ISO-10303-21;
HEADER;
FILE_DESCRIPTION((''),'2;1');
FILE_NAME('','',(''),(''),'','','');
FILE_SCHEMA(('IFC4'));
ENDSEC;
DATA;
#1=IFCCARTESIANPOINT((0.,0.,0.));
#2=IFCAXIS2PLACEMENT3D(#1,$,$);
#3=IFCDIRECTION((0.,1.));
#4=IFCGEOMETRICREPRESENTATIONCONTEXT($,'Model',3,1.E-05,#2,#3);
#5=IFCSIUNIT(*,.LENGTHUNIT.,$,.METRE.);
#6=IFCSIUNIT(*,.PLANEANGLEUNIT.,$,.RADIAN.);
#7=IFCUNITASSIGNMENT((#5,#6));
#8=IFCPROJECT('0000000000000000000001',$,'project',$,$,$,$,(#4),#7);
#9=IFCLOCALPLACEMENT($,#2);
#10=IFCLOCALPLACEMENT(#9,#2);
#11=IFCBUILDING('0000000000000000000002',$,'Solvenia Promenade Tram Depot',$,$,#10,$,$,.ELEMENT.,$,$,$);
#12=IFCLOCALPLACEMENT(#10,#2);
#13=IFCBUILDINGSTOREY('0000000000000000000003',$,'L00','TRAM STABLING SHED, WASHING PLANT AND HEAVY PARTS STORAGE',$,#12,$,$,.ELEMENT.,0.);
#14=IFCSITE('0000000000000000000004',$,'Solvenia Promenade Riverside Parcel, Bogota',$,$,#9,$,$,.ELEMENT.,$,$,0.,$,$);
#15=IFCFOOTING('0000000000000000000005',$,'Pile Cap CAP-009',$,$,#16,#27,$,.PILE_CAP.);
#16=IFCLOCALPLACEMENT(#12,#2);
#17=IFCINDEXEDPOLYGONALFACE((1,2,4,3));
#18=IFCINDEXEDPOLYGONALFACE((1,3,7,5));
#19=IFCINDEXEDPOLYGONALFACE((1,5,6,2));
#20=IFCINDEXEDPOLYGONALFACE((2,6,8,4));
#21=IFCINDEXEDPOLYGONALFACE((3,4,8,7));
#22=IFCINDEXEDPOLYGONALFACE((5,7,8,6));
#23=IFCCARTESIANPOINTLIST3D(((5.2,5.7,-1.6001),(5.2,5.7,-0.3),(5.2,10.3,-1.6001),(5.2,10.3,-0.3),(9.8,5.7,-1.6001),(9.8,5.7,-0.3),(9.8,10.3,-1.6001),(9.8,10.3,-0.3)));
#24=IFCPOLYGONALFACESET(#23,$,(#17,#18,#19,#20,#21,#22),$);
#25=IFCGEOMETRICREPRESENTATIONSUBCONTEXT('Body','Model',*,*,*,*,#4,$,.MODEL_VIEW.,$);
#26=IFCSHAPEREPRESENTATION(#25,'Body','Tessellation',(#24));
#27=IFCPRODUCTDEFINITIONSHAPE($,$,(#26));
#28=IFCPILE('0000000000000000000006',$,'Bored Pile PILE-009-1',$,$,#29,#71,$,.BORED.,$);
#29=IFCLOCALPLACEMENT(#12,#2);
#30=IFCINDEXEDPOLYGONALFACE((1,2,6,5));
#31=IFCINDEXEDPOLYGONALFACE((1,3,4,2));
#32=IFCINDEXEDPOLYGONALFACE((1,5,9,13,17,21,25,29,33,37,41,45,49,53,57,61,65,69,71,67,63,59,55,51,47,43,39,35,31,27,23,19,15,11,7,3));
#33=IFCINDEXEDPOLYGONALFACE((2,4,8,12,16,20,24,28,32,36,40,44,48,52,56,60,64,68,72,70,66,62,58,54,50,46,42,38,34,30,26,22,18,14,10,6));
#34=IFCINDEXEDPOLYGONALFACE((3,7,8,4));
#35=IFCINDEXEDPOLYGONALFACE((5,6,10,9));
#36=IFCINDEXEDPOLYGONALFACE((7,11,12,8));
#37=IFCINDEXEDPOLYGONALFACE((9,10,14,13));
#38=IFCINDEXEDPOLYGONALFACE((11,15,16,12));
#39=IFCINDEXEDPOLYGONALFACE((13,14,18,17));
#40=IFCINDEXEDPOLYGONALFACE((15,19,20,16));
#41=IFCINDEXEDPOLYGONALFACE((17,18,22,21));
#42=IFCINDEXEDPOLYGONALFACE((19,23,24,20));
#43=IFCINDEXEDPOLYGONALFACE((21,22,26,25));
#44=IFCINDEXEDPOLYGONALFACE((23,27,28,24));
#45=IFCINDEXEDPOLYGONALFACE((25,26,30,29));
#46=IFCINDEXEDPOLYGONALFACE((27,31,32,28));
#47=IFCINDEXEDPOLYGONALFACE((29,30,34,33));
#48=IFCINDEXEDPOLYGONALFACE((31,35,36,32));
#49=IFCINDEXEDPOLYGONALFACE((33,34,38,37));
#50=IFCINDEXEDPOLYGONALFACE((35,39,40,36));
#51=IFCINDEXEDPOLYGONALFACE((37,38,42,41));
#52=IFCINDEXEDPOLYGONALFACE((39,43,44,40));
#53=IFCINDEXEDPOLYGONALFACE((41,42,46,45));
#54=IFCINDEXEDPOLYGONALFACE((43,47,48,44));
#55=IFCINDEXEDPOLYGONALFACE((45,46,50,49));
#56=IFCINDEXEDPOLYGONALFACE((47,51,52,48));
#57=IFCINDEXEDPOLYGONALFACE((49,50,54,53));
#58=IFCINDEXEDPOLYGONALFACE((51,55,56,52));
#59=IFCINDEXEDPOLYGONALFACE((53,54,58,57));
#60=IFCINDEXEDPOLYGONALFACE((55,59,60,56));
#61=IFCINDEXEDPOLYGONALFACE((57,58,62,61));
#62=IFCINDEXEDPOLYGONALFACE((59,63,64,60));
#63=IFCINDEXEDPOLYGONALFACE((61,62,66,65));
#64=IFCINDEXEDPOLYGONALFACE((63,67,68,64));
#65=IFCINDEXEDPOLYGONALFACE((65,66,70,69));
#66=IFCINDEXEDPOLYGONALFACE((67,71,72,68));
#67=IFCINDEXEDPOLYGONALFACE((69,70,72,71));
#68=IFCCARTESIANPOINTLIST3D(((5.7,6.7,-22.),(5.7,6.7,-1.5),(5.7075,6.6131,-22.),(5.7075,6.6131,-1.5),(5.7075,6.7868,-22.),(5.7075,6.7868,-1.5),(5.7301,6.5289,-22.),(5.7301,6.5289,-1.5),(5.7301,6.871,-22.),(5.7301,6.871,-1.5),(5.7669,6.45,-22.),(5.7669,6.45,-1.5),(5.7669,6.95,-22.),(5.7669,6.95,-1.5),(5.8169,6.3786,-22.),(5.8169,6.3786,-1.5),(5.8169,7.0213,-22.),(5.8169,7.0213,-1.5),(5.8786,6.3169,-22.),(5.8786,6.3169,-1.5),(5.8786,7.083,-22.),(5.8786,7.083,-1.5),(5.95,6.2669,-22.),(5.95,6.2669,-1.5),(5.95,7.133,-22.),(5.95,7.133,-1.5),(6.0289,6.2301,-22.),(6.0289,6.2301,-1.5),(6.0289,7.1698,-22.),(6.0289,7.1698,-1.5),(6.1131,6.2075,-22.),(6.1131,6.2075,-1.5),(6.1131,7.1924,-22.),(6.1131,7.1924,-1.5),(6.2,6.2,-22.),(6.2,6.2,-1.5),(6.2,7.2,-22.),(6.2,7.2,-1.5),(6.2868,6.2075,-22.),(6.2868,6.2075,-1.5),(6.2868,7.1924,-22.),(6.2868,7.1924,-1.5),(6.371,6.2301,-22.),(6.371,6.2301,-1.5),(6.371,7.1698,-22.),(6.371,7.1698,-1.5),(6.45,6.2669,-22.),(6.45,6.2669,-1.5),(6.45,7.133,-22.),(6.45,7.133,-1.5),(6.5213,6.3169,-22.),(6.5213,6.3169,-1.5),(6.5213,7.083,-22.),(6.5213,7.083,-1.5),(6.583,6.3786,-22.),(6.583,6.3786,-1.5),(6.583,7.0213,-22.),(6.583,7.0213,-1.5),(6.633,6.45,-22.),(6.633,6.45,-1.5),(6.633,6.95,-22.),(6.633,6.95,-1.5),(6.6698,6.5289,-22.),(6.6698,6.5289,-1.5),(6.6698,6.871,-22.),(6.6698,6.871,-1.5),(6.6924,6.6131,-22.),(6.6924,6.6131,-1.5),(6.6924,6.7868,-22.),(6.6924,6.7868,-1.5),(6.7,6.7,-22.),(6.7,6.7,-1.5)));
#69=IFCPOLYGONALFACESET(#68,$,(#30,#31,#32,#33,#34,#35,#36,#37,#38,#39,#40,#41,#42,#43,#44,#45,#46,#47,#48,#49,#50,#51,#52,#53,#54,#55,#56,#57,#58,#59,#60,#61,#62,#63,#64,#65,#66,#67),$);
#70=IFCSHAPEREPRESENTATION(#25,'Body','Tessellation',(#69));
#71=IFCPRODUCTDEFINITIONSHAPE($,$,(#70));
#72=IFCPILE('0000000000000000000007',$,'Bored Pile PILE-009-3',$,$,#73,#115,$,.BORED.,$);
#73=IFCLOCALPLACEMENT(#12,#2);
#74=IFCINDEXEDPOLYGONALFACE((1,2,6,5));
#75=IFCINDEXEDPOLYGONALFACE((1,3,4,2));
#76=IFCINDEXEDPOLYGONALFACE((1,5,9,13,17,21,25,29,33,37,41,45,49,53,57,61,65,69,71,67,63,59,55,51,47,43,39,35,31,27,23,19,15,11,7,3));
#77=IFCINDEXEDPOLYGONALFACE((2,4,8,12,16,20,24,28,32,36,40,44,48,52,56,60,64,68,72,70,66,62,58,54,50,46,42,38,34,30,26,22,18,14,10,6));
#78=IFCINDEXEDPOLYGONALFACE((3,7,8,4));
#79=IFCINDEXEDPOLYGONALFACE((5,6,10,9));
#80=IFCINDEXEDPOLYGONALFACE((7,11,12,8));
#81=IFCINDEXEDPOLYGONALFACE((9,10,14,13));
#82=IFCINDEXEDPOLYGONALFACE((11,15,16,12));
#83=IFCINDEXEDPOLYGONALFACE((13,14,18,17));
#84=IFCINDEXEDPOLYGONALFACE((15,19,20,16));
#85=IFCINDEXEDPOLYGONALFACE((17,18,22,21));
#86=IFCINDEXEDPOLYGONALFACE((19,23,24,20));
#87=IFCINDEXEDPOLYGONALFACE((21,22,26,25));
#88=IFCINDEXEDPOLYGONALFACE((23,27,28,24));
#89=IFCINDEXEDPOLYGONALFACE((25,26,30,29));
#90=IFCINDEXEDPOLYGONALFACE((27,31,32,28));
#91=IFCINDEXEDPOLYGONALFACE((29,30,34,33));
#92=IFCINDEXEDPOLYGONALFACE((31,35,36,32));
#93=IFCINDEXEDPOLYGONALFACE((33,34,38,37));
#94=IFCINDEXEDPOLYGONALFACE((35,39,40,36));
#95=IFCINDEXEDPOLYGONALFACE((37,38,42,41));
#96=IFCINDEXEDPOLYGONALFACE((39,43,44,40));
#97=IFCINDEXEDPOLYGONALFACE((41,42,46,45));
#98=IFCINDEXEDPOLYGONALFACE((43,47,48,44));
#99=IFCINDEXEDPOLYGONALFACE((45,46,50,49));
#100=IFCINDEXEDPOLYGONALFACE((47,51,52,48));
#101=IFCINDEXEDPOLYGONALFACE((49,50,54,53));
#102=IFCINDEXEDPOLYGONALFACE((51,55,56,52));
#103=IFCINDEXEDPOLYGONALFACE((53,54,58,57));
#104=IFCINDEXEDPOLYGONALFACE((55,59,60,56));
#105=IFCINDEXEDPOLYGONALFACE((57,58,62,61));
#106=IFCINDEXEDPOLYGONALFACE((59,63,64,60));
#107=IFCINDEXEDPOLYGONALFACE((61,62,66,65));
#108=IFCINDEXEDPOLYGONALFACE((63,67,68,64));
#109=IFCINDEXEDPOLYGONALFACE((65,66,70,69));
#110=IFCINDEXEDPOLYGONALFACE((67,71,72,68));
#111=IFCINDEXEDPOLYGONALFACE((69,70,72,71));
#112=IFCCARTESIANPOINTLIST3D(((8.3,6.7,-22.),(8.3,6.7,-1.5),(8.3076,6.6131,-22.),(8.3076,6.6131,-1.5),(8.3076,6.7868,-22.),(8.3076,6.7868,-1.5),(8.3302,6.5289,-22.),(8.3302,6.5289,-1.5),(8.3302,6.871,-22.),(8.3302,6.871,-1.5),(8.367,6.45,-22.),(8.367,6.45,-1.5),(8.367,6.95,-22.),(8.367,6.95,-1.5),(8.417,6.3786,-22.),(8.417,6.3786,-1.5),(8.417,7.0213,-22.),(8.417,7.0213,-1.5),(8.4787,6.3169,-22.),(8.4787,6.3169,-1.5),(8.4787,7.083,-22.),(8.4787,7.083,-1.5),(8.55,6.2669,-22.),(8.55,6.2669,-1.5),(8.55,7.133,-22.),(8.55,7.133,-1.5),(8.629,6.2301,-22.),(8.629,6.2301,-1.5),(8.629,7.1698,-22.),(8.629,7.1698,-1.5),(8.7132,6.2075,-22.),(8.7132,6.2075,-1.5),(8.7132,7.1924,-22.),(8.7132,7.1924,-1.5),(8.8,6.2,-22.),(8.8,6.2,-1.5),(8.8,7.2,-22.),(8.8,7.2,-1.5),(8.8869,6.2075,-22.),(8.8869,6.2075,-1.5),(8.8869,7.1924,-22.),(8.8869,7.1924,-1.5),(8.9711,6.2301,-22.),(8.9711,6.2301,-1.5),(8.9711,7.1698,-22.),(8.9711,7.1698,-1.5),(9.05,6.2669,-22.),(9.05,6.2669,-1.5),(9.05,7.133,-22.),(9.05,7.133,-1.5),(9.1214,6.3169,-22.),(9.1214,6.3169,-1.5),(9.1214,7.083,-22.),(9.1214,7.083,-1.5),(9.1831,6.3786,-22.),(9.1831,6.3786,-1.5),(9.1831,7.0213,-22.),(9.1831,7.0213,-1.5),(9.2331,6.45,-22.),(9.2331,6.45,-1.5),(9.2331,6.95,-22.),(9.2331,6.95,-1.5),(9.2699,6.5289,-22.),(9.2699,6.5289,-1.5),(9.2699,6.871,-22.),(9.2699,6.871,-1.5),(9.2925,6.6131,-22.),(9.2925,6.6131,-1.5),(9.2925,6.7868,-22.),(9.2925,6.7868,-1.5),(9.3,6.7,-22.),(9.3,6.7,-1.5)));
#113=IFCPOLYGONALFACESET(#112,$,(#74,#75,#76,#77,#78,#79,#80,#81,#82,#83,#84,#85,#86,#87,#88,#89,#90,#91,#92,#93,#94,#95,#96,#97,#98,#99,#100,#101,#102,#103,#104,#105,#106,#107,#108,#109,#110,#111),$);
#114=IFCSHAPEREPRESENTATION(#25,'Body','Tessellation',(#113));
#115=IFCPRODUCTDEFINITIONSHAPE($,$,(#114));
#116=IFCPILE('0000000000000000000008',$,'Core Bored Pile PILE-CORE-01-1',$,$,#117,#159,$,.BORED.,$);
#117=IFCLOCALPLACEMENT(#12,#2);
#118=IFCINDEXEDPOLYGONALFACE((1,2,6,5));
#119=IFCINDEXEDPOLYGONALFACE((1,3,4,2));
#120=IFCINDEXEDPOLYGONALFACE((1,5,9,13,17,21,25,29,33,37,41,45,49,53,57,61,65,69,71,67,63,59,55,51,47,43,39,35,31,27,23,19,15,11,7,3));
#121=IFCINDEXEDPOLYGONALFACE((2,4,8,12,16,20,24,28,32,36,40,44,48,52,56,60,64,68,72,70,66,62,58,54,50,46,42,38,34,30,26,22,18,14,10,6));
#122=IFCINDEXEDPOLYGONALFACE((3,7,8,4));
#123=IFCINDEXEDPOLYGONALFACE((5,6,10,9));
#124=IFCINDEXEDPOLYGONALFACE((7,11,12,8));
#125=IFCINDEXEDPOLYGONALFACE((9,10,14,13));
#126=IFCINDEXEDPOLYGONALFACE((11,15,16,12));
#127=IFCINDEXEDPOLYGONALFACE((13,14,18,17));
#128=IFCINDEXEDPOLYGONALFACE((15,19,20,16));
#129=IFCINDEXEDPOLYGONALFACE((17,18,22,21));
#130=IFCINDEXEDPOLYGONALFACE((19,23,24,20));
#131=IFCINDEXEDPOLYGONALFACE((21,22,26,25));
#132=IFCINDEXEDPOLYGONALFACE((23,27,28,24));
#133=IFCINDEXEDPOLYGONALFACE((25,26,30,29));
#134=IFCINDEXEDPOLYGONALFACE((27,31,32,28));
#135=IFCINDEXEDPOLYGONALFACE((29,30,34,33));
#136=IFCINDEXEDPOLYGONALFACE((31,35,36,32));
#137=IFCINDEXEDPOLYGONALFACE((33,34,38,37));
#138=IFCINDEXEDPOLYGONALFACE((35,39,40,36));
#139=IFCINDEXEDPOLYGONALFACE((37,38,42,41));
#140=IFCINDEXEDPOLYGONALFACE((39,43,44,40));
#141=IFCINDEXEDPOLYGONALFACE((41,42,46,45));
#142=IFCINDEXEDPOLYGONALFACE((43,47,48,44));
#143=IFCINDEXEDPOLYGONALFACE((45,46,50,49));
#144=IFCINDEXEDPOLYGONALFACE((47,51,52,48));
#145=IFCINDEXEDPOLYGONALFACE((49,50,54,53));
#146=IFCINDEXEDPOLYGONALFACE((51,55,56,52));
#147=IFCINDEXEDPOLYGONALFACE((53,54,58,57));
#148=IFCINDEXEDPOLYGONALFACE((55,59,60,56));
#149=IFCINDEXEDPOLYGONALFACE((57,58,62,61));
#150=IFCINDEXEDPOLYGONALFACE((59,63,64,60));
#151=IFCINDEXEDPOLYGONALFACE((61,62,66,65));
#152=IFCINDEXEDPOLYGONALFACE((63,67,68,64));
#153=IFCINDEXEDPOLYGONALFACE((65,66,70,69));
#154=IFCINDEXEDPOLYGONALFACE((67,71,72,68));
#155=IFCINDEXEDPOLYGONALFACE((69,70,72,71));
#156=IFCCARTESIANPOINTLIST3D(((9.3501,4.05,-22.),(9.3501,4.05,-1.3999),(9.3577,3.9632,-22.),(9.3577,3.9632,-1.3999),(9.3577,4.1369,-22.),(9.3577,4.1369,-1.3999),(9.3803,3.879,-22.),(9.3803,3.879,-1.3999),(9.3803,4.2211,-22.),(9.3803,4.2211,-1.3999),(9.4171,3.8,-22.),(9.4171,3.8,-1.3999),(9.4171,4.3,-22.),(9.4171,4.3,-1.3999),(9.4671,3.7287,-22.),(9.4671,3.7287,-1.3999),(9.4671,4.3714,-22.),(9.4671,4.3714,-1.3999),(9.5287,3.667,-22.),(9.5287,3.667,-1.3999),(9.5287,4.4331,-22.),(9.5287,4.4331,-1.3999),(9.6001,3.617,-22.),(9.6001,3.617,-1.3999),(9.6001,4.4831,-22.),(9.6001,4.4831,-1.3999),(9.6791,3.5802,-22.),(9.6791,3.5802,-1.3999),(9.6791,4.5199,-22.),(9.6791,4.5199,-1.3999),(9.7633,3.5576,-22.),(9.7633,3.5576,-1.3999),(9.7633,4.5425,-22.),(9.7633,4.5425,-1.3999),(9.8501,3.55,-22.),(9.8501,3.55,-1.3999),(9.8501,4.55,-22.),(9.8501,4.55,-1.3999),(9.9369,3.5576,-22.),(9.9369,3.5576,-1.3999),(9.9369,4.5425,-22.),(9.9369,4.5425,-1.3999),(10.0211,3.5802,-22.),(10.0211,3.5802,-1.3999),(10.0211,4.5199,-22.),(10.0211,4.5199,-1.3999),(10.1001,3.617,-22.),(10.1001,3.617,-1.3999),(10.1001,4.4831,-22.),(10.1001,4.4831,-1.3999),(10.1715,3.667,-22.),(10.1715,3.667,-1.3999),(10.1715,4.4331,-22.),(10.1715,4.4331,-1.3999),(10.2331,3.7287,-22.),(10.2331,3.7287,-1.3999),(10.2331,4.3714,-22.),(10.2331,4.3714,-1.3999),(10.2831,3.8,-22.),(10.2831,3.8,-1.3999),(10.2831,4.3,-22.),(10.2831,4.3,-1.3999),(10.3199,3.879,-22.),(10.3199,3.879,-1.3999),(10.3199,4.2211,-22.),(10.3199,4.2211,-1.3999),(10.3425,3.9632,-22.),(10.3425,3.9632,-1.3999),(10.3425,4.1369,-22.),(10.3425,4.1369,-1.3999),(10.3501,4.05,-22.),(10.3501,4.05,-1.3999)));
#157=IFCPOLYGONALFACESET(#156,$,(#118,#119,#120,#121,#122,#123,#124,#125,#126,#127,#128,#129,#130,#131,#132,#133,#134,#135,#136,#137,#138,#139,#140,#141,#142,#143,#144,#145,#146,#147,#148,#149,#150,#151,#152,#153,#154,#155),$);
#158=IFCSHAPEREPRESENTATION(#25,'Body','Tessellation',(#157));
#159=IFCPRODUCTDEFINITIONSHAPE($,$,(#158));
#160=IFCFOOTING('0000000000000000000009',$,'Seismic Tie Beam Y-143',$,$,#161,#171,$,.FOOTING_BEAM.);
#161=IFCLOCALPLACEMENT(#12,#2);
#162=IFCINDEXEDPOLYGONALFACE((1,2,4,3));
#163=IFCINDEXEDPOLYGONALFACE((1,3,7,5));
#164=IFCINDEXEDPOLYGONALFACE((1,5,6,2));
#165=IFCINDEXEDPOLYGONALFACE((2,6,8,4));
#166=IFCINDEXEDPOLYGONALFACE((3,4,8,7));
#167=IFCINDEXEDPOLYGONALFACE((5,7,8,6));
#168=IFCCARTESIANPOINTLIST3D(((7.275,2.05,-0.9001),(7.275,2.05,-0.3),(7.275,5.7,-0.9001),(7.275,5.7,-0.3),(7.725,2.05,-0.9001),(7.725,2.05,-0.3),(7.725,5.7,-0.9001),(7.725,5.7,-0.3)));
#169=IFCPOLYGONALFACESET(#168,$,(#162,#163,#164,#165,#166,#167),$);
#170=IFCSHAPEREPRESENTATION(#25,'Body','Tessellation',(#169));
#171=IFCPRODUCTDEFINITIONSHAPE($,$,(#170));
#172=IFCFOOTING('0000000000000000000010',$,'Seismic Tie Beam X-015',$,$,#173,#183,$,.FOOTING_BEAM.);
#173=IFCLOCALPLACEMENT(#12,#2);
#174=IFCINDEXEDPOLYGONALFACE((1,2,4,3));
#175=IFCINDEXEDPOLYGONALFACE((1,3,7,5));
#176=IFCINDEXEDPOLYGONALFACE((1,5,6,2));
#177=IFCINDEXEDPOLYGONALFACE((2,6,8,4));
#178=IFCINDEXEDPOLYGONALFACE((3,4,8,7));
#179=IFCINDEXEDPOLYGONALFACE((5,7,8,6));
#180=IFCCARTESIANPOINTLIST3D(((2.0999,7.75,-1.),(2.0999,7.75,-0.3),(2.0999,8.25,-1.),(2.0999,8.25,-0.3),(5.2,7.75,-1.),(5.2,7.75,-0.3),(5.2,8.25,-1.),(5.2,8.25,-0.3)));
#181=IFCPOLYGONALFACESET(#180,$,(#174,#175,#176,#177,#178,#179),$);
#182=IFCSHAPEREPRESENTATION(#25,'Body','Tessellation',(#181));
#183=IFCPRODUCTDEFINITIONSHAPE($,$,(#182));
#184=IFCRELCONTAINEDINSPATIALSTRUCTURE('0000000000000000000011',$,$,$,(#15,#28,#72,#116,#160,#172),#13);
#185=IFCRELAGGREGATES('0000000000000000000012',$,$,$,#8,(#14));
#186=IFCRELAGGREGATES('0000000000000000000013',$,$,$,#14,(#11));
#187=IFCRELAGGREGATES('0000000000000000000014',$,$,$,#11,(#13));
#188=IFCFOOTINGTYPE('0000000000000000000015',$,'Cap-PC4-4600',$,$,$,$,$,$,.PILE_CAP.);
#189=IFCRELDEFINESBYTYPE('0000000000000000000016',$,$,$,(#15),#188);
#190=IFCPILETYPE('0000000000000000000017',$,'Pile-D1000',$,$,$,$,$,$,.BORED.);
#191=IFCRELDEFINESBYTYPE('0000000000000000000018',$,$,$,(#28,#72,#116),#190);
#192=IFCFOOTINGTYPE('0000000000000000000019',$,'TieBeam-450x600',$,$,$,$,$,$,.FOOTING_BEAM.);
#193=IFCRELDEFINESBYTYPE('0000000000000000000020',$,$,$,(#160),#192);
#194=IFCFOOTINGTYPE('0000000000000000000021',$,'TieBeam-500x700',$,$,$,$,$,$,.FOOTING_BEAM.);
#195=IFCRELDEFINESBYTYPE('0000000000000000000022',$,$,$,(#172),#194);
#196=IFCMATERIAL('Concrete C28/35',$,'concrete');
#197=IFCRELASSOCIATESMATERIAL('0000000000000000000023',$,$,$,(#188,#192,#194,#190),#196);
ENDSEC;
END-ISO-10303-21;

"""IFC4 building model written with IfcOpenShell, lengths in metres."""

from ifc_helpers import new_model, si_unit, direction, frame, origin, origin_2d, place, context, subcontext, project, spatial, rectangle, circle, extrude, material, material_profile, profile_set, type_object, element, save


model = new_model("IFC4")

# Units and contexts
model_context = context("Model", 3, precision=1e-05, world=origin(), true_north=direction((0.0, 1.0)))
body_context = subcontext(model_context, "Body", "Model", "MODEL_VIEW")
ifc_project = project(units=[si_unit("LENGTHUNIT", "METRE"), si_unit("PLANEANGLEUNIT", "RADIAN")], contexts=[model_context])

# Site, building, storey
site_placement = place(None, origin())
site = spatial("IfcSite", under=ifc_project, at=site_placement, Name="Solvenia Promenade Riverside Parcel, Bogota", CompositionType="ELEMENT", RefElevation=0.0)
building_placement = place(site_placement, origin())
building = spatial("IfcBuilding", under=site, at=building_placement, Name="Solvenia Promenade Tram Depot", CompositionType="ELEMENT")
storey_placement = place(building_placement, origin())
storey = spatial("IfcBuildingStorey", under=building, at=storey_placement, Name="L00", Description="TRAM STABLING SHED, WASHING PLANT AND HEAVY PARTS STORAGE", CompositionType="ELEMENT", Elevation=0.0)

# Footing
ifc_material_1 = material(Name="Concrete C28/35", Category="concrete")
footing_type_1 = type_object("IfcFootingType", Name="Cap-PC4-4600", PredefinedType="PILE_CAP", material=ifc_material_1)
footing_1_placement = place(storey_placement, frame((7.5, 8.0, -1.6001), z_axis=(0.0, 0.0, 1.0), x_axis=(1.0, 0.0, 0.0)))
element("IfcFooting", 1, at=footing_1_placement, inside=storey, type_object=footing_type_1, Name="Pile Cap CAP-009", PredefinedType="PILE_CAP", context=body_context, shape_type="SweptSolid", body=[
    extrude(rectangle(XDim=4.6001, YDim=4.6001, at=origin_2d()), origin(), (0.0, 0.0, 1.0), 1.3),
])

# Piles
ifc_material_profile_1 = material_profile(ifc_material_1, circle(Radius=0.5, at=origin_2d()), Name="D1000", Category="concrete")
ifc_profile_set_1 = profile_set([ifc_material_profile_1], Name="Concrete C28/35")
pile_type = type_object("IfcPileType", Name="Pile-D1000", PredefinedType="BORED", material=ifc_profile_set_1)
for number, where, z_axis, x_axis, name in (
    (2, (6.2, 6.7, -1.5), (0.0, 0.0, -1.0), (1.0, 0.0, 0.0), "Bored Pile PILE-009-1"),
    (3, (8.8, 6.7, -1.5), (0.0, 0.0, -1.0), (1.0, 0.0, 0.0), "Bored Pile PILE-009-3"),
):
    element("IfcPile", number, at=place(storey_placement, frame(where, z_axis=z_axis, x_axis=x_axis)), inside=storey, type_object=pile_type, Name=name, PredefinedType="BORED", context=body_context, shape_type="SweptSolid", body=[
        extrude(circle(Radius=0.5, at=origin_2d()), origin(), (0.0, 0.0, 1.0), 20.5),
    ])
pile_placement = place(storey_placement, frame((9.8501, 4.05, -1.3999), z_axis=(0.0, 0.0, -1.0), x_axis=(1.0, 0.0, 0.0)))
element("IfcPile", 4, at=pile_placement, inside=storey, type_object=pile_type, Name="Core Bored Pile PILE-CORE-01-1", PredefinedType="BORED", context=body_context, shape_type="SweptSolid", body=[
    extrude(circle(Radius=0.5, at=origin_2d()), origin(), (0.0, 0.0, 1.0), 20.6001),
])

# Footings
footing_type_2 = type_object("IfcFootingType", Name="TieBeam-450x600", PredefinedType="FOOTING_BEAM", material=ifc_material_1)
footing_2_placement = place(storey_placement, frame((7.5, 3.875, -0.9001), z_axis=(0.0, 0.0, 1.0), x_axis=(1.0, 0.0, 0.0)))
element("IfcFooting", 5, at=footing_2_placement, inside=storey, type_object=footing_type_2, Name="Seismic Tie Beam Y-143", PredefinedType="FOOTING_BEAM", context=body_context, shape_type="SweptSolid", body=[
    extrude(rectangle(XDim=0.45, YDim=3.6499, at=origin_2d()), origin(), (0.0, 0.0, 1.0), 0.6001),
])
footing_type_3 = type_object("IfcFootingType", Name="TieBeam-500x700", PredefinedType="FOOTING_BEAM", material=ifc_material_1)
footing_3_placement = place(storey_placement, frame((3.6499, 8.0, -1.0), z_axis=(0.0, 0.0, 1.0), x_axis=(1.0, 0.0, 0.0)))
element("IfcFooting", 6, at=footing_3_placement, inside=storey, type_object=footing_type_3, Name="Seismic Tie Beam X-015", PredefinedType="FOOTING_BEAM", context=body_context, shape_type="SweptSolid", body=[
    extrude(rectangle(XDim=3.1001, YDim=0.5, at=origin_2d()), origin(), (0.0, 0.0, 1.0), 0.7),
])

save(model, "model.ifc")
